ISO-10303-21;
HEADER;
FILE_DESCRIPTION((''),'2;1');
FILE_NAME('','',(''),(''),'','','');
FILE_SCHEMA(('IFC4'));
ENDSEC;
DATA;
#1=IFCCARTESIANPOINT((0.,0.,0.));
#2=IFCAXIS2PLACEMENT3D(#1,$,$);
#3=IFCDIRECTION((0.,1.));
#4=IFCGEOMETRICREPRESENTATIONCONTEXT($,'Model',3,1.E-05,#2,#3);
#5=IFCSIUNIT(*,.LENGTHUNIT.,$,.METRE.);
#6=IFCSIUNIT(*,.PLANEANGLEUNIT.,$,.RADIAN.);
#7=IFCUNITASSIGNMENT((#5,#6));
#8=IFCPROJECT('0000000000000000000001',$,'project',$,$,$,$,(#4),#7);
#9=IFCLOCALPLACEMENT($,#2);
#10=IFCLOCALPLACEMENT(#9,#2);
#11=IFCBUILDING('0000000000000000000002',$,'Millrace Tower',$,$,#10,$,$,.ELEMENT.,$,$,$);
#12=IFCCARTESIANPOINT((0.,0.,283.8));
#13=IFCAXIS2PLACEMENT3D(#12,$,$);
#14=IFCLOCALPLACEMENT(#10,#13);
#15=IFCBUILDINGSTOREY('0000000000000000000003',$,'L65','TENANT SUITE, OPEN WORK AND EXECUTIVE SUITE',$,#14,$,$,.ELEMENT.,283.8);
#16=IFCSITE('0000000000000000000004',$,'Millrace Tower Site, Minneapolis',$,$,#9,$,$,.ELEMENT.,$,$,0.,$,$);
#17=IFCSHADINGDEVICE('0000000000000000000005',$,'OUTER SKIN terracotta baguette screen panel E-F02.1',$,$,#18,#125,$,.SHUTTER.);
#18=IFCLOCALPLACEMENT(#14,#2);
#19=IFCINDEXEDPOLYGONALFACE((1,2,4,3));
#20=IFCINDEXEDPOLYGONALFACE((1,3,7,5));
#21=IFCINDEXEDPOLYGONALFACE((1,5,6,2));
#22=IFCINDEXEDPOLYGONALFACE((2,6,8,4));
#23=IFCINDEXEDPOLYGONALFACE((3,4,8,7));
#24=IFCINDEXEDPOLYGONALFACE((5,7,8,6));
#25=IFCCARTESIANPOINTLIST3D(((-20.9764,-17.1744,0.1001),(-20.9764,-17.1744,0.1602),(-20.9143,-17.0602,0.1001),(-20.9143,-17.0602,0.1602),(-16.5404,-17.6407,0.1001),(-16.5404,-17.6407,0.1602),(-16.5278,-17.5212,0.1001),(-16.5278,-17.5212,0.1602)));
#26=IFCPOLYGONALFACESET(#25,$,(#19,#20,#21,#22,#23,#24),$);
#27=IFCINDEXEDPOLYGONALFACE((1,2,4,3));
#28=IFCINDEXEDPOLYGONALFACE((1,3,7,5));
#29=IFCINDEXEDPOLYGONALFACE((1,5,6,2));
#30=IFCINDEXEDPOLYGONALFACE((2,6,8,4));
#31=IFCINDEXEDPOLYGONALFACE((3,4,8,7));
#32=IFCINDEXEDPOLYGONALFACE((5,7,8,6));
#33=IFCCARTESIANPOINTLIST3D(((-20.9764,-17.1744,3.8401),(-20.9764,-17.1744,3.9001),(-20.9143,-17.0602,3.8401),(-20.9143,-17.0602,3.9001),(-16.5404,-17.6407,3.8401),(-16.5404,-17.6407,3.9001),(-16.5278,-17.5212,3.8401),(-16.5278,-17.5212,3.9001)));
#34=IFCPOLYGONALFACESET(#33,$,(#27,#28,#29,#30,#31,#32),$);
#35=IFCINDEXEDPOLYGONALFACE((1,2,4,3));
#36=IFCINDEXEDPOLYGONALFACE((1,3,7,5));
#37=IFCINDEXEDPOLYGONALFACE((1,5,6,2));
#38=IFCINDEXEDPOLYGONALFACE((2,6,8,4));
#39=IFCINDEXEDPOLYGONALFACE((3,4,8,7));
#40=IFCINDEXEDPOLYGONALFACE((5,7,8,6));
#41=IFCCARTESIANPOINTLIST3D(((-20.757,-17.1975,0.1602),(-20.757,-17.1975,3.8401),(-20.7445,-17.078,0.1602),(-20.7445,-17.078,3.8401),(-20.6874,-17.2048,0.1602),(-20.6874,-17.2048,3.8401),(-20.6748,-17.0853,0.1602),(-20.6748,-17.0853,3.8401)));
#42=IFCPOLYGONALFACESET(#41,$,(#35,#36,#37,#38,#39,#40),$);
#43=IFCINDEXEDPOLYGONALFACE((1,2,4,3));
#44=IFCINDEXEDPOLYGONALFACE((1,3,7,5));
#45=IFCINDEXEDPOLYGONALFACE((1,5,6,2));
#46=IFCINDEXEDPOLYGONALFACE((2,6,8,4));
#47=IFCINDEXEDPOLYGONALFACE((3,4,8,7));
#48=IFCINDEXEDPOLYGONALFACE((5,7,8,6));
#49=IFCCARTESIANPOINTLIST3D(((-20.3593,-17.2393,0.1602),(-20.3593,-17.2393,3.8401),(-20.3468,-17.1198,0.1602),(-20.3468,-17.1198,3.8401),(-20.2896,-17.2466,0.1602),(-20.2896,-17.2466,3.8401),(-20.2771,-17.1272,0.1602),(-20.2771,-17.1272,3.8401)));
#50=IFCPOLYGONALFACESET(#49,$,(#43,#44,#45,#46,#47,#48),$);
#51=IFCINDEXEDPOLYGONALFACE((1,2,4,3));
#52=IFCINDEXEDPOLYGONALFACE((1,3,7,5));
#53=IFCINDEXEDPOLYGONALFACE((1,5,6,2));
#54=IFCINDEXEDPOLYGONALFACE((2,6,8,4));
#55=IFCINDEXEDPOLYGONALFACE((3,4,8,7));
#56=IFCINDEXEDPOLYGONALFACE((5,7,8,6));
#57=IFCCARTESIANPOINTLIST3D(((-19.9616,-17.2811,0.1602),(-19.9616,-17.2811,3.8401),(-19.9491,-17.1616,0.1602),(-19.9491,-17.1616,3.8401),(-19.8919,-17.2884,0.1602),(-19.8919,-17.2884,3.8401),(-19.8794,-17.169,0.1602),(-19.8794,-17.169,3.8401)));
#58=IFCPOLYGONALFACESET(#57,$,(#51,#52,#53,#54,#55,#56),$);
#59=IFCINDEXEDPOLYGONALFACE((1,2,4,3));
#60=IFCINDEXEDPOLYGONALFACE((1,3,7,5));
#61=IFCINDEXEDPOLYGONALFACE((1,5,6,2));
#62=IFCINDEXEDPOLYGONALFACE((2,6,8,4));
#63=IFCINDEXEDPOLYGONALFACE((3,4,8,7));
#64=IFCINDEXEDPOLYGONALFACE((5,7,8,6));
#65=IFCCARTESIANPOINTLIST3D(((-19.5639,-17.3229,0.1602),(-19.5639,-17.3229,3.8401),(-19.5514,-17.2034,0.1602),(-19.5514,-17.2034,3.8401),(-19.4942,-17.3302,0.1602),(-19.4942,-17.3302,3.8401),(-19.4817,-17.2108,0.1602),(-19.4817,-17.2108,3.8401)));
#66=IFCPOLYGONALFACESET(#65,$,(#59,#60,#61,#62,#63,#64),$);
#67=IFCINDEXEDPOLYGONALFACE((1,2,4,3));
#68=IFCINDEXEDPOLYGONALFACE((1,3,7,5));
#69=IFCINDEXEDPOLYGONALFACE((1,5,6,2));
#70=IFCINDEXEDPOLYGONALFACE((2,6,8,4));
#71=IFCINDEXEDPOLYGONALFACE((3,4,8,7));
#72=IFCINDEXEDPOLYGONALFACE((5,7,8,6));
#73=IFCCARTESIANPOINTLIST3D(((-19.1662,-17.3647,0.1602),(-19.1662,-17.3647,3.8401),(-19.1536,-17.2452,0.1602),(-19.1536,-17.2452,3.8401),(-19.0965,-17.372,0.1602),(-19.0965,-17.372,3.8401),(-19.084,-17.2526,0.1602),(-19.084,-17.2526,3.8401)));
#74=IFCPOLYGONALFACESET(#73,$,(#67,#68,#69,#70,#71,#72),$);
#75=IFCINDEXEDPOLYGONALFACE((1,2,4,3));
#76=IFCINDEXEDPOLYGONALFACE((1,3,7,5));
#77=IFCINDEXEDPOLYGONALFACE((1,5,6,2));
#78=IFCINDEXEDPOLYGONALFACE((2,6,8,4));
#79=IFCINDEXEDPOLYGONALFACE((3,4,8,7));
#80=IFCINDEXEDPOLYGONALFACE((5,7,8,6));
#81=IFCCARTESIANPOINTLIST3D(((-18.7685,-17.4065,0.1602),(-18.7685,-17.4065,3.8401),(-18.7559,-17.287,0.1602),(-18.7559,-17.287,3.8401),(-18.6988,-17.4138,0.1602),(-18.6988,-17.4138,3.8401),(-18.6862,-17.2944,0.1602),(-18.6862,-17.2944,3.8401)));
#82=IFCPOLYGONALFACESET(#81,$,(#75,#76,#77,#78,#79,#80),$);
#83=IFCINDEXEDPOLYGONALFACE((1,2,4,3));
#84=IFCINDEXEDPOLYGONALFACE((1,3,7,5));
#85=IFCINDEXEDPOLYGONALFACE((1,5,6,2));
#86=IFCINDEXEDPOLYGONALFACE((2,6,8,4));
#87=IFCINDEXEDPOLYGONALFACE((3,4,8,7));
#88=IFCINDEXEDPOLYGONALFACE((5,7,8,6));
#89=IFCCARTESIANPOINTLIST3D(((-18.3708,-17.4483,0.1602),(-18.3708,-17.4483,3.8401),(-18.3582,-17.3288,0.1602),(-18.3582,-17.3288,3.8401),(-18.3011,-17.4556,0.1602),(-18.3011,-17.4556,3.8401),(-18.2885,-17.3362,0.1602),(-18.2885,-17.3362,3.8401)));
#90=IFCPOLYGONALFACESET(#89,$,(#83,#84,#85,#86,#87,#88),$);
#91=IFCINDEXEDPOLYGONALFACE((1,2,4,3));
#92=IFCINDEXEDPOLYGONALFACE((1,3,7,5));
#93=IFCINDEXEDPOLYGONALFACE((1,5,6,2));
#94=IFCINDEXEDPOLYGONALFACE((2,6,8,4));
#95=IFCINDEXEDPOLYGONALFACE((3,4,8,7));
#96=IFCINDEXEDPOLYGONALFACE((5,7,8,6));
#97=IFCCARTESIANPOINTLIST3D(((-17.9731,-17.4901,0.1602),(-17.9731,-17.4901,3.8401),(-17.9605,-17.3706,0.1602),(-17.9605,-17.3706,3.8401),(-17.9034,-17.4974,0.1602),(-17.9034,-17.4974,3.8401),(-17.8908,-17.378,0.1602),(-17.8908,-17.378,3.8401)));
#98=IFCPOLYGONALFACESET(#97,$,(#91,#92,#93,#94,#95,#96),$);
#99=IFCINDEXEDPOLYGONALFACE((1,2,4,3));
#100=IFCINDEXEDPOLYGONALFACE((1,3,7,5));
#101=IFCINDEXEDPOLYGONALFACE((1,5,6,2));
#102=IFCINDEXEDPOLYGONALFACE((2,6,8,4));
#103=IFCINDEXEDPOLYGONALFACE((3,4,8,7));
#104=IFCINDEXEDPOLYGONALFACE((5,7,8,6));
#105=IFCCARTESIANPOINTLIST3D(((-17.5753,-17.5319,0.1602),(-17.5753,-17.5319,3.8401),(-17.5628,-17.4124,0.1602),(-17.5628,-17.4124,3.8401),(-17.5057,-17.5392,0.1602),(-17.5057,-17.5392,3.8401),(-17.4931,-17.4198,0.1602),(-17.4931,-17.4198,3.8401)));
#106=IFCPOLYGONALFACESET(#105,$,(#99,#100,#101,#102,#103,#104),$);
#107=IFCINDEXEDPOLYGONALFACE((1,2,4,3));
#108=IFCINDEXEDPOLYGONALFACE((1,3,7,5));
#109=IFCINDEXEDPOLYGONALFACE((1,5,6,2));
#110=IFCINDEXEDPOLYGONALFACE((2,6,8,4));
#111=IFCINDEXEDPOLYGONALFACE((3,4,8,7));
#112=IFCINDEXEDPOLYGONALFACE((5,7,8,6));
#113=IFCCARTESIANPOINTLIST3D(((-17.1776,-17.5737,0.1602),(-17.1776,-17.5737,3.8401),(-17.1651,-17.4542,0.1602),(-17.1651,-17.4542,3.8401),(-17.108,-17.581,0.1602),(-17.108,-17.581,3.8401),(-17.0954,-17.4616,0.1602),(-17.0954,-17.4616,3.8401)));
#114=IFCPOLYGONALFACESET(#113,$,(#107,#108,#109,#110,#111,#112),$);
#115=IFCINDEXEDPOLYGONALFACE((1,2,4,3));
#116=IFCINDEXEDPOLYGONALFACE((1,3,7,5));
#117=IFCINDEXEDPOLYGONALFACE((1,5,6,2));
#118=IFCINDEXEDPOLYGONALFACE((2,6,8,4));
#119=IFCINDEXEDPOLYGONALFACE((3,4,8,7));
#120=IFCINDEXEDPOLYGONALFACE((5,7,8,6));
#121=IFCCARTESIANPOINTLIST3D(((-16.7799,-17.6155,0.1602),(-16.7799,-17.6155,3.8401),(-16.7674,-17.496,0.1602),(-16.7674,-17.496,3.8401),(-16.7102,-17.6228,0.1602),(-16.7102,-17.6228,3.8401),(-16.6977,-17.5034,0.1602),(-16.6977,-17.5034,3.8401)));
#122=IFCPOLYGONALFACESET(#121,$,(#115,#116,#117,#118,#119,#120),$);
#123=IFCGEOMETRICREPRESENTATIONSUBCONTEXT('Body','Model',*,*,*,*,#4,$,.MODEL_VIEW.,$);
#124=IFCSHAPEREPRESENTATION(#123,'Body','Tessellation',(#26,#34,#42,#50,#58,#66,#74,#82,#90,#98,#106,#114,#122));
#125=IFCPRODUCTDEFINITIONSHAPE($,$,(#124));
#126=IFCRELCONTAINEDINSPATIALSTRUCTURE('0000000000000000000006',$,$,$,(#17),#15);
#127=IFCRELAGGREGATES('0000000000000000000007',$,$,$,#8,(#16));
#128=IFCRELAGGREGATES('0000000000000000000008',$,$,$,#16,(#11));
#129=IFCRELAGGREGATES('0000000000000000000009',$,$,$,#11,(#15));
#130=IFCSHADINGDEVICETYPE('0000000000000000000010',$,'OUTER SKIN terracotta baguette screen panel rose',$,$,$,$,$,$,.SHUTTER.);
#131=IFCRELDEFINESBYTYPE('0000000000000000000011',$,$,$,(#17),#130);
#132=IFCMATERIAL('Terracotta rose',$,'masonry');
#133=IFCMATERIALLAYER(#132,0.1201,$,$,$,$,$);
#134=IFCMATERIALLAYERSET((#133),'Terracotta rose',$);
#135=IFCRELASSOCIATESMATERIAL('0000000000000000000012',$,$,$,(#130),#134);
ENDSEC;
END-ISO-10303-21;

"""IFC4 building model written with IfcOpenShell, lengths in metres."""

from ifc_helpers import new_model, entity, si_unit, direction, frame, frame_2d, origin, place, context, subcontext, project, spatial, rectangle, extrude, source, transform, mapped, material, layer, layer_set, type_object, element, save


model = new_model("IFC4")

# Units and contexts
model_context = context("Model", 3, precision=1e-05, world=origin(), true_north=direction((0.0, 1.0)))
body_context = subcontext(model_context, "Body", "Model", "MODEL_VIEW")
ifc_project = project(units=[si_unit("LENGTHUNIT", "METRE"), si_unit("PLANEANGLEUNIT", "RADIAN")], contexts=[model_context])

# Site, building, storey
site_placement = place(None, origin())
site = spatial("IfcSite", under=ifc_project, at=site_placement, Name="Millrace Tower Site, Minneapolis", CompositionType="ELEMENT", RefElevation=0.0)
building_placement = place(site_placement, origin())
building = spatial("IfcBuilding", under=site, at=building_placement, Name="Millrace Tower", CompositionType="ELEMENT")
storey_placement = place(building_placement, frame((0.0, 0.0, 283.8)))
storey = spatial("IfcBuildingStorey", under=building, at=storey_placement, Name="L65", Description="TENANT SUITE, OPEN WORK AND EXECUTIVE SUITE", CompositionType="ELEMENT", Elevation=283.8)

# Shading device
ifc_material_1 = material(Name="Terracotta rose", Category="masonry")
ifc_layer_1 = layer(ifc_material_1, 0.1201)
ifc_layer_set_1 = layer_set([ifc_layer_1], Name="Terracotta rose")
shading_device_type = type_object("IfcShadingDeviceType", Name="OUTER SKIN terracotta baguette screen panel rose", PredefinedType="SHUTTER", material=ifc_layer_set_1)
cartesian_point_1 = entity("IfcCartesianPoint", [-2.1929, 0.0601])
shared_polyline_1 = entity("IfcPolyline", [cartesian_point_1, entity("IfcCartesianPoint", [2.2178, 0.0601]), entity("IfcCartesianPoint", [2.2178, -0.0601]), entity("IfcCartesianPoint", [-2.2427, -0.0601]), cartesian_point_1])
shared_shape_1 = source(origin(), body_context, "Body", "SweptSolid", [
    entity("IfcExtrudedAreaSolid", entity("IfcArbitraryClosedProfileDef", "AREA", None, shared_polyline_1), entity("IfcAxis2Placement3D", entity("IfcCartesianPoint", [0.0, 0.0, 0.0])), entity("IfcDirection", [0.0, 0.0, 1.0]), 0.0601),
    entity("IfcExtrudedAreaSolid", entity("IfcArbitraryClosedProfileDef", "AREA", None, shared_polyline_1), entity("IfcAxis2Placement3D", entity("IfcCartesianPoint", [0.0, 0.0, 3.74])), entity("IfcDirection", [0.0, 0.0, 1.0]), 0.0601),
    extrude(rectangle(XDim=0.0701, YDim=0.1201, at=frame_2d((-1.9871, 0.0))), frame((0.0, 0.0, 0.0601)), (0.0, 0.0, 1.0), 3.6799),
    extrude(rectangle(XDim=0.0701, YDim=0.1201, at=frame_2d((-1.5872, 0.0))), frame((0.0, 0.0, 0.0601)), (0.0, 0.0, 1.0), 3.6799),
    extrude(rectangle(XDim=0.0701, YDim=0.1201, at=frame_2d((-1.1873, 0.0))), frame((0.0, 0.0, 0.0601)), (0.0, 0.0, 1.0), 3.6799),
    extrude(rectangle(XDim=0.0701, YDim=0.1201, at=frame_2d((-0.7874, 0.0))), frame((0.0, 0.0, 0.0601)), (0.0, 0.0, 1.0), 3.6799),
    extrude(rectangle(XDim=0.0701, YDim=0.1201, at=frame_2d((-0.3875, 0.0))), frame((0.0, 0.0, 0.0601)), (0.0, 0.0, 1.0), 3.6799),
    extrude(rectangle(XDim=0.0701, YDim=0.1201, at=frame_2d((0.0125, 0.0))), frame((0.0, 0.0, 0.0601)), (0.0, 0.0, 1.0), 3.6799),
    extrude(rectangle(XDim=0.0701, YDim=0.1201, at=frame_2d((0.4124, 0.0))), frame((0.0, 0.0, 0.0601)), (0.0, 0.0, 1.0), 3.6799),
    extrude(rectangle(XDim=0.0701, YDim=0.1201, at=frame_2d((0.8123, 0.0))), frame((0.0, 0.0, 0.0601)), (0.0, 0.0, 1.0), 3.6799),
    extrude(rectangle(XDim=0.0701, YDim=0.1201, at=frame_2d((1.2122, 0.0))), frame((0.0, 0.0, 0.0601)), (0.0, 0.0, 1.0), 3.6799),
    extrude(rectangle(XDim=0.0701, YDim=0.1201, at=frame_2d((1.6121, 0.0))), frame((0.0, 0.0, 0.0601)), (0.0, 0.0, 1.0), 3.6799),
    extrude(rectangle(XDim=0.0701, YDim=0.1201, at=frame_2d((2.012, 0.0))), frame((0.0, 0.0, 0.0601)), (0.0, 0.0, 1.0), 3.6799),
])
shading_device_1_placement = place(storey_placement, frame((-18.7397, -17.3491, 0.1001), z_axis=(0.0, 0.0, 1.0), x_axis=(0.994522, -0.104528, 0.0)))
element("IfcShadingDevice", 1, at=shading_device_1_placement, inside=storey, type_object=shading_device_type, Name="OUTER SKIN terracotta baguette screen panel E-F02.1", PredefinedType="SHUTTER", context=body_context, shape_type="MappedRepresentation", body=[
    mapped(shared_shape_1, transform((0.0, 0.0, 0.0), scale=1.0)),
])

save(model, "model.ifc")
